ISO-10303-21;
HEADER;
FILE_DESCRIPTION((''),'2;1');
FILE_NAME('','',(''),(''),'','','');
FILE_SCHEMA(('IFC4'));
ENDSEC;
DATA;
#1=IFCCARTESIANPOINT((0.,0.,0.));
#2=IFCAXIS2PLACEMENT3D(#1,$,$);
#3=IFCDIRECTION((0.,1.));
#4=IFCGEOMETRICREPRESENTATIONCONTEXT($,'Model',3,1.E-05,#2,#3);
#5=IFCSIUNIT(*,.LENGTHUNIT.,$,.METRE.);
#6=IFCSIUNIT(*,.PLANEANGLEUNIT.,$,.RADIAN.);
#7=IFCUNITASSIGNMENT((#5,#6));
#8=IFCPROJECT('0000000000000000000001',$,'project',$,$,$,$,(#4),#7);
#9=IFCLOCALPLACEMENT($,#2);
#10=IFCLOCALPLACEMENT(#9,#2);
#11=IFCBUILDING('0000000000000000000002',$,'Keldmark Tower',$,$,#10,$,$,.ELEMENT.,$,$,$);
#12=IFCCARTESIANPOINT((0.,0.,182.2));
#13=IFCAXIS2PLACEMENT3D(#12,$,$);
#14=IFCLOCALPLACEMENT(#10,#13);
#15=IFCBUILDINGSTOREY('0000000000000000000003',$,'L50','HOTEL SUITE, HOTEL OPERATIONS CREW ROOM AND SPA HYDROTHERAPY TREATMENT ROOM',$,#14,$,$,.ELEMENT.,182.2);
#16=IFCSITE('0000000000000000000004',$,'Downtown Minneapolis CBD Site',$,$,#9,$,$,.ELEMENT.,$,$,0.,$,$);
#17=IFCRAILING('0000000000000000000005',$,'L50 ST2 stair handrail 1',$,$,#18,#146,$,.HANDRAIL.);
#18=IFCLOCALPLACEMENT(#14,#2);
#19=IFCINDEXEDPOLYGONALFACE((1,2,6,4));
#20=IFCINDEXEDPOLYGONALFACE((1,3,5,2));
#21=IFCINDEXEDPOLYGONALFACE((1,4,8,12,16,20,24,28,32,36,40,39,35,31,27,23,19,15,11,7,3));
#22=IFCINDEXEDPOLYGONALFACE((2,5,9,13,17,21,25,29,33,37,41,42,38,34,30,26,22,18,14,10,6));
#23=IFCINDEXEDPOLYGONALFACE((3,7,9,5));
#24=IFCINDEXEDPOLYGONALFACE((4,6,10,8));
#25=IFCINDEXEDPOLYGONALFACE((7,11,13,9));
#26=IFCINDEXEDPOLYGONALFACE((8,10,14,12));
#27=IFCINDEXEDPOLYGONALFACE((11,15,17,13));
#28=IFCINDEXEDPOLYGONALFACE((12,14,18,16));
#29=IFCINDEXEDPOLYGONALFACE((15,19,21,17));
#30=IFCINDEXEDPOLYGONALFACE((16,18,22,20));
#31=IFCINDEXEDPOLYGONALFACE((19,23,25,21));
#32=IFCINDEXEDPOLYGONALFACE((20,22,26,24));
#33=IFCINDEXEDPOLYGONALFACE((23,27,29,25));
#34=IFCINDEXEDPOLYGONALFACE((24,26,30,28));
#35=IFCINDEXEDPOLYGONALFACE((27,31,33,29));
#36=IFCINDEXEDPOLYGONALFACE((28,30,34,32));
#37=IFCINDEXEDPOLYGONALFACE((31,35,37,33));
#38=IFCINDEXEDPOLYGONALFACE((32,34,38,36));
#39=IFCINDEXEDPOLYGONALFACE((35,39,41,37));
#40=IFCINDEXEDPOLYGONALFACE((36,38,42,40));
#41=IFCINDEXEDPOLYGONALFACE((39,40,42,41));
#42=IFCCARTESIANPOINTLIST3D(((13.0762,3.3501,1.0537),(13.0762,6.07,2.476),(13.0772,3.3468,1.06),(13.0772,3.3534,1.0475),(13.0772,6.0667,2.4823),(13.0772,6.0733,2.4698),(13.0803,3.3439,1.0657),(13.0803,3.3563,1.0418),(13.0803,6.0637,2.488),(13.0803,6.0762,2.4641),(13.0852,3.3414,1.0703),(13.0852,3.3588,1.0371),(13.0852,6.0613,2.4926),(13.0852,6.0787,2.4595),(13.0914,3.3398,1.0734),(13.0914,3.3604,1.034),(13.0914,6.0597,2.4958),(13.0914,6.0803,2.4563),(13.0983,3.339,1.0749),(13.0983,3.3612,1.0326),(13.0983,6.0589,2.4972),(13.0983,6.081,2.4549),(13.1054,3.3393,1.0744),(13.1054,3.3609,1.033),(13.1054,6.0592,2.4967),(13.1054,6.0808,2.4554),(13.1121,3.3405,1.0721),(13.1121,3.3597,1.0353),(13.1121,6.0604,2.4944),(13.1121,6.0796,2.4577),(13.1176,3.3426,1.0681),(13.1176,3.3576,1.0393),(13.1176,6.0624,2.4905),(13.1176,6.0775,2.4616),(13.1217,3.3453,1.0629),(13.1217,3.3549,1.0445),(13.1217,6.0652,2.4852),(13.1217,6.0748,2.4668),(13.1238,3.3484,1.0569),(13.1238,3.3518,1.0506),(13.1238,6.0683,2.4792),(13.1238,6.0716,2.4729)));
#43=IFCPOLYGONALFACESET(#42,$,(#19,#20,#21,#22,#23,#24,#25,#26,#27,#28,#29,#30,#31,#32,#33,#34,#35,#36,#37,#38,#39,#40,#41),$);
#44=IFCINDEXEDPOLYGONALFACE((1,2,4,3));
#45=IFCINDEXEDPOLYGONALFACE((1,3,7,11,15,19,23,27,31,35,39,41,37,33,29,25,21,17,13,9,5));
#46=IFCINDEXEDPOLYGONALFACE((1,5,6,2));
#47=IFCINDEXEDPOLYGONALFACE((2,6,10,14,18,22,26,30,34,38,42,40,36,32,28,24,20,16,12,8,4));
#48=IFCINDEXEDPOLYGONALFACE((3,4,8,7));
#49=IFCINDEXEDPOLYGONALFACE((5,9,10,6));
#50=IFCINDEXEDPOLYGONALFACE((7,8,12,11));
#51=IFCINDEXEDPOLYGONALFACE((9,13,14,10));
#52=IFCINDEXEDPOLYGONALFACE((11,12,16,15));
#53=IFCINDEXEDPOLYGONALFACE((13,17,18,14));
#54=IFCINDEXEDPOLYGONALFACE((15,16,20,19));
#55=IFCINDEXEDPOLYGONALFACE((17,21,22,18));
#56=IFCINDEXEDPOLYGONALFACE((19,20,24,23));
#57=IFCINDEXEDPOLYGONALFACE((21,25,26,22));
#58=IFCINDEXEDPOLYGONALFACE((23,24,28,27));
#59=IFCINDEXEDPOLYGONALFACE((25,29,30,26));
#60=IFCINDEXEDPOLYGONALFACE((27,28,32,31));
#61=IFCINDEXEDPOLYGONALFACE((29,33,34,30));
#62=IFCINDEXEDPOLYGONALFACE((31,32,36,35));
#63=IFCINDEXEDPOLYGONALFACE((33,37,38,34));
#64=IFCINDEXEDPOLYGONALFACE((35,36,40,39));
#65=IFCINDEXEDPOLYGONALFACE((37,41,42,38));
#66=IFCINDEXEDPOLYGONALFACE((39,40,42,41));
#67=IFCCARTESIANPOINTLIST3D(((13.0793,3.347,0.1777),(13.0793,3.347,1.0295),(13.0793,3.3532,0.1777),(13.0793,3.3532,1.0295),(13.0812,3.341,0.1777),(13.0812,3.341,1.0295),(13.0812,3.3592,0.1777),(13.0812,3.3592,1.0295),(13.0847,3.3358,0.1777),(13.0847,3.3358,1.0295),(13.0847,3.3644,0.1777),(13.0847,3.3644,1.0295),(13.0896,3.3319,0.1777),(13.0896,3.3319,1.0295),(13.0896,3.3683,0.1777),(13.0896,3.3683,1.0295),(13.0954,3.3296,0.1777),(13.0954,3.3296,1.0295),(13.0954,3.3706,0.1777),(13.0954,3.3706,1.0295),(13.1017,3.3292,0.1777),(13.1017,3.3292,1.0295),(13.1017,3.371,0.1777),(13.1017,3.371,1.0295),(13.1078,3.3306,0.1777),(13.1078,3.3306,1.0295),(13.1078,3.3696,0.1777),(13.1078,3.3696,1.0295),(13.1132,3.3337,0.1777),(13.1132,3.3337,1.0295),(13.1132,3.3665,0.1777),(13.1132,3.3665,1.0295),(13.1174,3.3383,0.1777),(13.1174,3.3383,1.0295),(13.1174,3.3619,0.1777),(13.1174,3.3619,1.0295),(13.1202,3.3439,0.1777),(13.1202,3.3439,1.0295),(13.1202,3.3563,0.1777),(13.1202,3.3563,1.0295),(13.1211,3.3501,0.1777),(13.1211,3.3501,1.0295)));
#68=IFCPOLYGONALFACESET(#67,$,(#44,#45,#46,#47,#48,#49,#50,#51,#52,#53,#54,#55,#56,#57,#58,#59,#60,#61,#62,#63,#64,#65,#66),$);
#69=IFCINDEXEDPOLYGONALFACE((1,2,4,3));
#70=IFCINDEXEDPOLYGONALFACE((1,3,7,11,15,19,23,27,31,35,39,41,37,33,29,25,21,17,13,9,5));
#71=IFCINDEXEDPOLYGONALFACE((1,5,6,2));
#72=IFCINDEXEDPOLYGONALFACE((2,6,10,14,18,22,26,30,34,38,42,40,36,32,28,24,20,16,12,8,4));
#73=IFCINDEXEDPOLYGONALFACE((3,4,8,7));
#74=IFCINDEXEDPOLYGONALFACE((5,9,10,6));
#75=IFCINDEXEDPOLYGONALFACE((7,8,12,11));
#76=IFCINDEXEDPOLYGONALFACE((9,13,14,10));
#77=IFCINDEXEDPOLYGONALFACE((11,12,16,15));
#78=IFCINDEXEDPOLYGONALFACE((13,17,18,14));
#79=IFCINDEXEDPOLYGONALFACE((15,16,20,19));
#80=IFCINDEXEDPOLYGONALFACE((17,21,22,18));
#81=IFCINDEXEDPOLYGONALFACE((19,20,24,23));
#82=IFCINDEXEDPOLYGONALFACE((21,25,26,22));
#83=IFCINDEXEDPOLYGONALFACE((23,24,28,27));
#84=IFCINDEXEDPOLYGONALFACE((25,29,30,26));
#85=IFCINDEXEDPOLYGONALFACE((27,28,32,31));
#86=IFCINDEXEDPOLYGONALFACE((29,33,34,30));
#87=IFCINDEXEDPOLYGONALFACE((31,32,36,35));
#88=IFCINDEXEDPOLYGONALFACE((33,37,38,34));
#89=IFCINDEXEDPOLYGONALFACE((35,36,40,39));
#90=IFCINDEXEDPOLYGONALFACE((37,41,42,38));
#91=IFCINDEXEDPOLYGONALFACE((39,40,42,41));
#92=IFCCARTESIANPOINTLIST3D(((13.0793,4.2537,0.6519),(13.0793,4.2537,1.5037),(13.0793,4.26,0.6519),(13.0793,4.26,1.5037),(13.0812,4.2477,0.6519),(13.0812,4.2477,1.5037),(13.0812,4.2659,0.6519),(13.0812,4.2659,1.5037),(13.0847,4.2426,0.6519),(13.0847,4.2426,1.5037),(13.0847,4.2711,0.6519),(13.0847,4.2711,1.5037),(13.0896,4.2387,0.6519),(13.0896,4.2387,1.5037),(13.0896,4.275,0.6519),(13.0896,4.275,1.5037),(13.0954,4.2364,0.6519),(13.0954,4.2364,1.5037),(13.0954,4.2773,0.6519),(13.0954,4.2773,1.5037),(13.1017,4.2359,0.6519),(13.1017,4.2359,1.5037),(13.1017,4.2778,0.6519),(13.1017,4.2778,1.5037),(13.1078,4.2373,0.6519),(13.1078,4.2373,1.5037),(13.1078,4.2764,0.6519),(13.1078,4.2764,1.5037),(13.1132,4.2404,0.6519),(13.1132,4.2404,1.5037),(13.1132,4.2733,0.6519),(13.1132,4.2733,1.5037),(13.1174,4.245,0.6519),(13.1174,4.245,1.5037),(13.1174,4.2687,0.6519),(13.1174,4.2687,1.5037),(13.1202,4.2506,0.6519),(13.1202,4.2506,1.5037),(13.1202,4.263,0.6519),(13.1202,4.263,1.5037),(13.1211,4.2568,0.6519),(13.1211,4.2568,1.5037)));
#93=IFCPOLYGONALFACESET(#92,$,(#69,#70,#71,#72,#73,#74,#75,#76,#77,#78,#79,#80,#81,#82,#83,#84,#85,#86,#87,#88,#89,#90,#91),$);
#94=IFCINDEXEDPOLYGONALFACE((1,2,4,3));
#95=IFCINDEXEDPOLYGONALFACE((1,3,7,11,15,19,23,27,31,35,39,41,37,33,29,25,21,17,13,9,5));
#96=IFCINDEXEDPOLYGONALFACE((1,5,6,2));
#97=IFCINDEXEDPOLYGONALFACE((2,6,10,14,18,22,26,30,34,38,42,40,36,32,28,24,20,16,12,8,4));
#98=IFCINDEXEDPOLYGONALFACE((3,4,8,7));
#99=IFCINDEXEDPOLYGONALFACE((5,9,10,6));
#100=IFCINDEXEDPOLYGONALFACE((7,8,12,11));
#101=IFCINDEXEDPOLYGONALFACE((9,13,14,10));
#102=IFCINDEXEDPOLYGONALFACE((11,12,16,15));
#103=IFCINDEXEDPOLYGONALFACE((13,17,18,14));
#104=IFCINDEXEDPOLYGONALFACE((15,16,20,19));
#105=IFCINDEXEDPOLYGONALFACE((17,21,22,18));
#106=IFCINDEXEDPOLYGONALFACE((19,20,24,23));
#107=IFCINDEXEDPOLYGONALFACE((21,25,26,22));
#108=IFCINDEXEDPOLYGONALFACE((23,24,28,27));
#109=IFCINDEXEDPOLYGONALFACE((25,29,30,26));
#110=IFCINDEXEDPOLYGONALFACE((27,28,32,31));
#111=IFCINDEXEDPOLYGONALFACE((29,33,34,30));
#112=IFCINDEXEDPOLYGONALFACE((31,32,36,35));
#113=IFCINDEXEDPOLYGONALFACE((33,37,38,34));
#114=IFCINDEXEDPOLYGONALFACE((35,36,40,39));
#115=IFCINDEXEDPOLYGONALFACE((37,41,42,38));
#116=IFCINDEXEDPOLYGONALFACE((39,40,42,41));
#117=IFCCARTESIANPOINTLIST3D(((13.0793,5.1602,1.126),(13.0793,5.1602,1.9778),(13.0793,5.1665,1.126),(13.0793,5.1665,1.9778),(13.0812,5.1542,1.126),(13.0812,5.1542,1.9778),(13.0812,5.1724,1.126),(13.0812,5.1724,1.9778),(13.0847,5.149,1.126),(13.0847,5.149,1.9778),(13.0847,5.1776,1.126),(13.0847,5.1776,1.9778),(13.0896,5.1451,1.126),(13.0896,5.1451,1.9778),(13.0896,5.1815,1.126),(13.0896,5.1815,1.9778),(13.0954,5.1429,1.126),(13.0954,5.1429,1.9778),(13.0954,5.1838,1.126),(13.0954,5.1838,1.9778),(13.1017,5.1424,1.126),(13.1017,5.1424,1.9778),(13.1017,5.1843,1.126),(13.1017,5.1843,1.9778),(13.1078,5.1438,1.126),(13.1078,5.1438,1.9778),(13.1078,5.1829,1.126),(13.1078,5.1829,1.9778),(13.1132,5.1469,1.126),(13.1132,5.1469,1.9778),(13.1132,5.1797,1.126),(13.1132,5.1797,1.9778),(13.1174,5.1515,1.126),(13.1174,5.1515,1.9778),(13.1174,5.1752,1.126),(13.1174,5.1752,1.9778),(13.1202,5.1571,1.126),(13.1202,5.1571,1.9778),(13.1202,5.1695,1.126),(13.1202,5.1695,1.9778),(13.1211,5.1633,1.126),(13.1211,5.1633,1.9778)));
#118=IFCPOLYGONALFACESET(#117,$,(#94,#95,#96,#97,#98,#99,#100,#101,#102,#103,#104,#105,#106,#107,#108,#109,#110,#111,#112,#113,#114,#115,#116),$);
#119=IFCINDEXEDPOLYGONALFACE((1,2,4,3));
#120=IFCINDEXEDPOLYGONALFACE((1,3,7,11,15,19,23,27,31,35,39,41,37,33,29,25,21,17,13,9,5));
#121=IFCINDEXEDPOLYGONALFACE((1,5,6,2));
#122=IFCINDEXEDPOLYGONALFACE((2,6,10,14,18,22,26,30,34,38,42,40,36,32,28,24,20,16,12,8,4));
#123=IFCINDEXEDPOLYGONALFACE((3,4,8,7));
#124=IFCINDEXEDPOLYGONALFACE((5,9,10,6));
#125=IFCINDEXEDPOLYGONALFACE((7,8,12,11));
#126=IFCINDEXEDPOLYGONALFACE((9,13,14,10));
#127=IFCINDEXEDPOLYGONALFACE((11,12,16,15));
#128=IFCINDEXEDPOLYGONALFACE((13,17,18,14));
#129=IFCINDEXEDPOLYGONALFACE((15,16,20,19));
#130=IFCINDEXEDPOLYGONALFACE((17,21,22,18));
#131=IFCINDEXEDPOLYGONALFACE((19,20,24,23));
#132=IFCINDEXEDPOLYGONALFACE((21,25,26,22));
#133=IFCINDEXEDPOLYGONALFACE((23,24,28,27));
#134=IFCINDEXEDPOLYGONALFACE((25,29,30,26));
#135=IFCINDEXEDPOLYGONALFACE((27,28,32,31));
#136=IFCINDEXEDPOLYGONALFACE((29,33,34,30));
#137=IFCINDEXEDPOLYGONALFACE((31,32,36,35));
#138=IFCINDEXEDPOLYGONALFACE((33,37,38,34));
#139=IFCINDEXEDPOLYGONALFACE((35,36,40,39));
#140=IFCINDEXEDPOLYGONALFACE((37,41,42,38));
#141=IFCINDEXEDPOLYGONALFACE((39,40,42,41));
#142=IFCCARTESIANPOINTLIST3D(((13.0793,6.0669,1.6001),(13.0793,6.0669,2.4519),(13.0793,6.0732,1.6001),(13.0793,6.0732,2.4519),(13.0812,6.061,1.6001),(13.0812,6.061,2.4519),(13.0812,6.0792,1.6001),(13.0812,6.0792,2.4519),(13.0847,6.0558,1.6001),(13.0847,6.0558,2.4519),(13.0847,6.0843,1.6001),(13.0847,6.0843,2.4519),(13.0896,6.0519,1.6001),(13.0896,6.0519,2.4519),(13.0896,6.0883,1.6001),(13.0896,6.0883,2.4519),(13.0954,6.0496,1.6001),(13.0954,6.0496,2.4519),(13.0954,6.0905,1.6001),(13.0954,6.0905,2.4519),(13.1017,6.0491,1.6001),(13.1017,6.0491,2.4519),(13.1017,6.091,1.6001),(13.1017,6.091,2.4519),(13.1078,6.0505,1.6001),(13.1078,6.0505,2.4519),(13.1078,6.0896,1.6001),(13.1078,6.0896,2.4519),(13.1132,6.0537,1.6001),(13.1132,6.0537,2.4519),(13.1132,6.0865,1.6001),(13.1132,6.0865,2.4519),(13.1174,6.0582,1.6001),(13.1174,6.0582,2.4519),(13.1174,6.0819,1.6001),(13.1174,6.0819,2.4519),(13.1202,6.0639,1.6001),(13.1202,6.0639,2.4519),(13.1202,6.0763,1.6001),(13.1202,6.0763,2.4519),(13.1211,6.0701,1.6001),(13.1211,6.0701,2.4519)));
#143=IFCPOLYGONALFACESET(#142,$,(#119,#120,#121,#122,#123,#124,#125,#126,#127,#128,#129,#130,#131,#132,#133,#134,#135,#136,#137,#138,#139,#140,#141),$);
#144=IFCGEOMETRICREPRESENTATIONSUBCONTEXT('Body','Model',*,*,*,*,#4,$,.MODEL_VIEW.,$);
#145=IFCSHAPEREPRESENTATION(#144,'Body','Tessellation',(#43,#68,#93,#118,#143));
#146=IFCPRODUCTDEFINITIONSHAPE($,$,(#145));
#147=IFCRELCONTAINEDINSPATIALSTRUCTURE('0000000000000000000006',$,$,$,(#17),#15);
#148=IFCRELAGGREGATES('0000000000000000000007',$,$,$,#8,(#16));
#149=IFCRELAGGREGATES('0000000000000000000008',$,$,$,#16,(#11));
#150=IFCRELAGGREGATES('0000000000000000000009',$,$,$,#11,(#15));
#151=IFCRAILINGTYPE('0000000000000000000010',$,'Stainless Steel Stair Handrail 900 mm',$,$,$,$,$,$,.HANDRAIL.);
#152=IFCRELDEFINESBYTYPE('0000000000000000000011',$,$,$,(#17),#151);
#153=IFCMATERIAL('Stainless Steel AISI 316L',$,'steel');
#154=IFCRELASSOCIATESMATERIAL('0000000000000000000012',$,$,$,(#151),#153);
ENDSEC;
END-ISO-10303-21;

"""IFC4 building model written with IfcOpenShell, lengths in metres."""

from ifc_helpers import new_model, si_unit, direction, frame, origin, origin_2d, place, context, subcontext, project, spatial, circle, extrude, material, type_object, element, save


model = new_model("IFC4")

# Units and contexts
model_context = context("Model", 3, precision=1e-05, world=origin(), true_north=direction((0.0, 1.0)))
body_context = subcontext(model_context, "Body", "Model", "MODEL_VIEW")
ifc_project = project(units=[si_unit("LENGTHUNIT", "METRE"), si_unit("PLANEANGLEUNIT", "RADIAN")], contexts=[model_context])

# Site, building, storey
site_placement = place(None, origin())
site = spatial("IfcSite", under=ifc_project, at=site_placement, Name="Downtown Minneapolis CBD Site", CompositionType="ELEMENT", RefElevation=0.0)
building_placement = place(site_placement, origin())
building = spatial("IfcBuilding", under=site, at=building_placement, Name="Keldmark Tower", CompositionType="ELEMENT")
storey_placement = place(building_placement, frame((0.0, 0.0, 182.2)))
storey = spatial("IfcBuildingStorey", under=building, at=storey_placement, Name="L50", Description="HOTEL SUITE, HOTEL OPERATIONS CREW ROOM AND SPA HYDROTHERAPY TREATMENT ROOM", CompositionType="ELEMENT", Elevation=182.2)

# Railing
ifc_material_1 = material(Name="Stainless Steel AISI 316L", Category="steel")
railing_type_1 = type_object("IfcRailingType", Name="Stainless Steel Stair Handrail 900 mm", PredefinedType="HANDRAIL", material=ifc_material_1)
railing_1_placement = place(storey_placement, frame((13.1001, 3.3501, 0.1777)))
element("IfcRailing", 1, at=railing_1_placement, inside=storey, type_object=railing_type_1, Name="L50 ST2 stair handrail 1", PredefinedType="HANDRAIL", context=body_context, shape_type="SweptSolid", body=[
    extrude(circle(Radius=0.0239, at=origin_2d()), frame((0.0, 0.0, 0.876), z_axis=(0.0, 0.88615, 0.463398), x_axis=(-1.0, 0.0, 0.0)), (0.0, 0.0, 1.0), 3.0693),
    extrude(circle(Radius=0.021, at=origin_2d()), origin(), (0.0, 0.0, 1.0), 0.8518),
    extrude(circle(Radius=0.021, at=origin_2d()), frame((0.0, 0.9067, 0.4741)), (0.0, 0.0, 1.0), 0.8518),
    extrude(circle(Radius=0.021, at=origin_2d()), frame((0.0, 1.8132, 0.9482)), (0.0, 0.0, 1.0), 0.8518),
    extrude(circle(Radius=0.021, at=origin_2d()), frame((0.0, 2.72, 1.4224)), (0.0, 0.0, 1.0), 0.8518),
])

save(model, "model.ifc")
